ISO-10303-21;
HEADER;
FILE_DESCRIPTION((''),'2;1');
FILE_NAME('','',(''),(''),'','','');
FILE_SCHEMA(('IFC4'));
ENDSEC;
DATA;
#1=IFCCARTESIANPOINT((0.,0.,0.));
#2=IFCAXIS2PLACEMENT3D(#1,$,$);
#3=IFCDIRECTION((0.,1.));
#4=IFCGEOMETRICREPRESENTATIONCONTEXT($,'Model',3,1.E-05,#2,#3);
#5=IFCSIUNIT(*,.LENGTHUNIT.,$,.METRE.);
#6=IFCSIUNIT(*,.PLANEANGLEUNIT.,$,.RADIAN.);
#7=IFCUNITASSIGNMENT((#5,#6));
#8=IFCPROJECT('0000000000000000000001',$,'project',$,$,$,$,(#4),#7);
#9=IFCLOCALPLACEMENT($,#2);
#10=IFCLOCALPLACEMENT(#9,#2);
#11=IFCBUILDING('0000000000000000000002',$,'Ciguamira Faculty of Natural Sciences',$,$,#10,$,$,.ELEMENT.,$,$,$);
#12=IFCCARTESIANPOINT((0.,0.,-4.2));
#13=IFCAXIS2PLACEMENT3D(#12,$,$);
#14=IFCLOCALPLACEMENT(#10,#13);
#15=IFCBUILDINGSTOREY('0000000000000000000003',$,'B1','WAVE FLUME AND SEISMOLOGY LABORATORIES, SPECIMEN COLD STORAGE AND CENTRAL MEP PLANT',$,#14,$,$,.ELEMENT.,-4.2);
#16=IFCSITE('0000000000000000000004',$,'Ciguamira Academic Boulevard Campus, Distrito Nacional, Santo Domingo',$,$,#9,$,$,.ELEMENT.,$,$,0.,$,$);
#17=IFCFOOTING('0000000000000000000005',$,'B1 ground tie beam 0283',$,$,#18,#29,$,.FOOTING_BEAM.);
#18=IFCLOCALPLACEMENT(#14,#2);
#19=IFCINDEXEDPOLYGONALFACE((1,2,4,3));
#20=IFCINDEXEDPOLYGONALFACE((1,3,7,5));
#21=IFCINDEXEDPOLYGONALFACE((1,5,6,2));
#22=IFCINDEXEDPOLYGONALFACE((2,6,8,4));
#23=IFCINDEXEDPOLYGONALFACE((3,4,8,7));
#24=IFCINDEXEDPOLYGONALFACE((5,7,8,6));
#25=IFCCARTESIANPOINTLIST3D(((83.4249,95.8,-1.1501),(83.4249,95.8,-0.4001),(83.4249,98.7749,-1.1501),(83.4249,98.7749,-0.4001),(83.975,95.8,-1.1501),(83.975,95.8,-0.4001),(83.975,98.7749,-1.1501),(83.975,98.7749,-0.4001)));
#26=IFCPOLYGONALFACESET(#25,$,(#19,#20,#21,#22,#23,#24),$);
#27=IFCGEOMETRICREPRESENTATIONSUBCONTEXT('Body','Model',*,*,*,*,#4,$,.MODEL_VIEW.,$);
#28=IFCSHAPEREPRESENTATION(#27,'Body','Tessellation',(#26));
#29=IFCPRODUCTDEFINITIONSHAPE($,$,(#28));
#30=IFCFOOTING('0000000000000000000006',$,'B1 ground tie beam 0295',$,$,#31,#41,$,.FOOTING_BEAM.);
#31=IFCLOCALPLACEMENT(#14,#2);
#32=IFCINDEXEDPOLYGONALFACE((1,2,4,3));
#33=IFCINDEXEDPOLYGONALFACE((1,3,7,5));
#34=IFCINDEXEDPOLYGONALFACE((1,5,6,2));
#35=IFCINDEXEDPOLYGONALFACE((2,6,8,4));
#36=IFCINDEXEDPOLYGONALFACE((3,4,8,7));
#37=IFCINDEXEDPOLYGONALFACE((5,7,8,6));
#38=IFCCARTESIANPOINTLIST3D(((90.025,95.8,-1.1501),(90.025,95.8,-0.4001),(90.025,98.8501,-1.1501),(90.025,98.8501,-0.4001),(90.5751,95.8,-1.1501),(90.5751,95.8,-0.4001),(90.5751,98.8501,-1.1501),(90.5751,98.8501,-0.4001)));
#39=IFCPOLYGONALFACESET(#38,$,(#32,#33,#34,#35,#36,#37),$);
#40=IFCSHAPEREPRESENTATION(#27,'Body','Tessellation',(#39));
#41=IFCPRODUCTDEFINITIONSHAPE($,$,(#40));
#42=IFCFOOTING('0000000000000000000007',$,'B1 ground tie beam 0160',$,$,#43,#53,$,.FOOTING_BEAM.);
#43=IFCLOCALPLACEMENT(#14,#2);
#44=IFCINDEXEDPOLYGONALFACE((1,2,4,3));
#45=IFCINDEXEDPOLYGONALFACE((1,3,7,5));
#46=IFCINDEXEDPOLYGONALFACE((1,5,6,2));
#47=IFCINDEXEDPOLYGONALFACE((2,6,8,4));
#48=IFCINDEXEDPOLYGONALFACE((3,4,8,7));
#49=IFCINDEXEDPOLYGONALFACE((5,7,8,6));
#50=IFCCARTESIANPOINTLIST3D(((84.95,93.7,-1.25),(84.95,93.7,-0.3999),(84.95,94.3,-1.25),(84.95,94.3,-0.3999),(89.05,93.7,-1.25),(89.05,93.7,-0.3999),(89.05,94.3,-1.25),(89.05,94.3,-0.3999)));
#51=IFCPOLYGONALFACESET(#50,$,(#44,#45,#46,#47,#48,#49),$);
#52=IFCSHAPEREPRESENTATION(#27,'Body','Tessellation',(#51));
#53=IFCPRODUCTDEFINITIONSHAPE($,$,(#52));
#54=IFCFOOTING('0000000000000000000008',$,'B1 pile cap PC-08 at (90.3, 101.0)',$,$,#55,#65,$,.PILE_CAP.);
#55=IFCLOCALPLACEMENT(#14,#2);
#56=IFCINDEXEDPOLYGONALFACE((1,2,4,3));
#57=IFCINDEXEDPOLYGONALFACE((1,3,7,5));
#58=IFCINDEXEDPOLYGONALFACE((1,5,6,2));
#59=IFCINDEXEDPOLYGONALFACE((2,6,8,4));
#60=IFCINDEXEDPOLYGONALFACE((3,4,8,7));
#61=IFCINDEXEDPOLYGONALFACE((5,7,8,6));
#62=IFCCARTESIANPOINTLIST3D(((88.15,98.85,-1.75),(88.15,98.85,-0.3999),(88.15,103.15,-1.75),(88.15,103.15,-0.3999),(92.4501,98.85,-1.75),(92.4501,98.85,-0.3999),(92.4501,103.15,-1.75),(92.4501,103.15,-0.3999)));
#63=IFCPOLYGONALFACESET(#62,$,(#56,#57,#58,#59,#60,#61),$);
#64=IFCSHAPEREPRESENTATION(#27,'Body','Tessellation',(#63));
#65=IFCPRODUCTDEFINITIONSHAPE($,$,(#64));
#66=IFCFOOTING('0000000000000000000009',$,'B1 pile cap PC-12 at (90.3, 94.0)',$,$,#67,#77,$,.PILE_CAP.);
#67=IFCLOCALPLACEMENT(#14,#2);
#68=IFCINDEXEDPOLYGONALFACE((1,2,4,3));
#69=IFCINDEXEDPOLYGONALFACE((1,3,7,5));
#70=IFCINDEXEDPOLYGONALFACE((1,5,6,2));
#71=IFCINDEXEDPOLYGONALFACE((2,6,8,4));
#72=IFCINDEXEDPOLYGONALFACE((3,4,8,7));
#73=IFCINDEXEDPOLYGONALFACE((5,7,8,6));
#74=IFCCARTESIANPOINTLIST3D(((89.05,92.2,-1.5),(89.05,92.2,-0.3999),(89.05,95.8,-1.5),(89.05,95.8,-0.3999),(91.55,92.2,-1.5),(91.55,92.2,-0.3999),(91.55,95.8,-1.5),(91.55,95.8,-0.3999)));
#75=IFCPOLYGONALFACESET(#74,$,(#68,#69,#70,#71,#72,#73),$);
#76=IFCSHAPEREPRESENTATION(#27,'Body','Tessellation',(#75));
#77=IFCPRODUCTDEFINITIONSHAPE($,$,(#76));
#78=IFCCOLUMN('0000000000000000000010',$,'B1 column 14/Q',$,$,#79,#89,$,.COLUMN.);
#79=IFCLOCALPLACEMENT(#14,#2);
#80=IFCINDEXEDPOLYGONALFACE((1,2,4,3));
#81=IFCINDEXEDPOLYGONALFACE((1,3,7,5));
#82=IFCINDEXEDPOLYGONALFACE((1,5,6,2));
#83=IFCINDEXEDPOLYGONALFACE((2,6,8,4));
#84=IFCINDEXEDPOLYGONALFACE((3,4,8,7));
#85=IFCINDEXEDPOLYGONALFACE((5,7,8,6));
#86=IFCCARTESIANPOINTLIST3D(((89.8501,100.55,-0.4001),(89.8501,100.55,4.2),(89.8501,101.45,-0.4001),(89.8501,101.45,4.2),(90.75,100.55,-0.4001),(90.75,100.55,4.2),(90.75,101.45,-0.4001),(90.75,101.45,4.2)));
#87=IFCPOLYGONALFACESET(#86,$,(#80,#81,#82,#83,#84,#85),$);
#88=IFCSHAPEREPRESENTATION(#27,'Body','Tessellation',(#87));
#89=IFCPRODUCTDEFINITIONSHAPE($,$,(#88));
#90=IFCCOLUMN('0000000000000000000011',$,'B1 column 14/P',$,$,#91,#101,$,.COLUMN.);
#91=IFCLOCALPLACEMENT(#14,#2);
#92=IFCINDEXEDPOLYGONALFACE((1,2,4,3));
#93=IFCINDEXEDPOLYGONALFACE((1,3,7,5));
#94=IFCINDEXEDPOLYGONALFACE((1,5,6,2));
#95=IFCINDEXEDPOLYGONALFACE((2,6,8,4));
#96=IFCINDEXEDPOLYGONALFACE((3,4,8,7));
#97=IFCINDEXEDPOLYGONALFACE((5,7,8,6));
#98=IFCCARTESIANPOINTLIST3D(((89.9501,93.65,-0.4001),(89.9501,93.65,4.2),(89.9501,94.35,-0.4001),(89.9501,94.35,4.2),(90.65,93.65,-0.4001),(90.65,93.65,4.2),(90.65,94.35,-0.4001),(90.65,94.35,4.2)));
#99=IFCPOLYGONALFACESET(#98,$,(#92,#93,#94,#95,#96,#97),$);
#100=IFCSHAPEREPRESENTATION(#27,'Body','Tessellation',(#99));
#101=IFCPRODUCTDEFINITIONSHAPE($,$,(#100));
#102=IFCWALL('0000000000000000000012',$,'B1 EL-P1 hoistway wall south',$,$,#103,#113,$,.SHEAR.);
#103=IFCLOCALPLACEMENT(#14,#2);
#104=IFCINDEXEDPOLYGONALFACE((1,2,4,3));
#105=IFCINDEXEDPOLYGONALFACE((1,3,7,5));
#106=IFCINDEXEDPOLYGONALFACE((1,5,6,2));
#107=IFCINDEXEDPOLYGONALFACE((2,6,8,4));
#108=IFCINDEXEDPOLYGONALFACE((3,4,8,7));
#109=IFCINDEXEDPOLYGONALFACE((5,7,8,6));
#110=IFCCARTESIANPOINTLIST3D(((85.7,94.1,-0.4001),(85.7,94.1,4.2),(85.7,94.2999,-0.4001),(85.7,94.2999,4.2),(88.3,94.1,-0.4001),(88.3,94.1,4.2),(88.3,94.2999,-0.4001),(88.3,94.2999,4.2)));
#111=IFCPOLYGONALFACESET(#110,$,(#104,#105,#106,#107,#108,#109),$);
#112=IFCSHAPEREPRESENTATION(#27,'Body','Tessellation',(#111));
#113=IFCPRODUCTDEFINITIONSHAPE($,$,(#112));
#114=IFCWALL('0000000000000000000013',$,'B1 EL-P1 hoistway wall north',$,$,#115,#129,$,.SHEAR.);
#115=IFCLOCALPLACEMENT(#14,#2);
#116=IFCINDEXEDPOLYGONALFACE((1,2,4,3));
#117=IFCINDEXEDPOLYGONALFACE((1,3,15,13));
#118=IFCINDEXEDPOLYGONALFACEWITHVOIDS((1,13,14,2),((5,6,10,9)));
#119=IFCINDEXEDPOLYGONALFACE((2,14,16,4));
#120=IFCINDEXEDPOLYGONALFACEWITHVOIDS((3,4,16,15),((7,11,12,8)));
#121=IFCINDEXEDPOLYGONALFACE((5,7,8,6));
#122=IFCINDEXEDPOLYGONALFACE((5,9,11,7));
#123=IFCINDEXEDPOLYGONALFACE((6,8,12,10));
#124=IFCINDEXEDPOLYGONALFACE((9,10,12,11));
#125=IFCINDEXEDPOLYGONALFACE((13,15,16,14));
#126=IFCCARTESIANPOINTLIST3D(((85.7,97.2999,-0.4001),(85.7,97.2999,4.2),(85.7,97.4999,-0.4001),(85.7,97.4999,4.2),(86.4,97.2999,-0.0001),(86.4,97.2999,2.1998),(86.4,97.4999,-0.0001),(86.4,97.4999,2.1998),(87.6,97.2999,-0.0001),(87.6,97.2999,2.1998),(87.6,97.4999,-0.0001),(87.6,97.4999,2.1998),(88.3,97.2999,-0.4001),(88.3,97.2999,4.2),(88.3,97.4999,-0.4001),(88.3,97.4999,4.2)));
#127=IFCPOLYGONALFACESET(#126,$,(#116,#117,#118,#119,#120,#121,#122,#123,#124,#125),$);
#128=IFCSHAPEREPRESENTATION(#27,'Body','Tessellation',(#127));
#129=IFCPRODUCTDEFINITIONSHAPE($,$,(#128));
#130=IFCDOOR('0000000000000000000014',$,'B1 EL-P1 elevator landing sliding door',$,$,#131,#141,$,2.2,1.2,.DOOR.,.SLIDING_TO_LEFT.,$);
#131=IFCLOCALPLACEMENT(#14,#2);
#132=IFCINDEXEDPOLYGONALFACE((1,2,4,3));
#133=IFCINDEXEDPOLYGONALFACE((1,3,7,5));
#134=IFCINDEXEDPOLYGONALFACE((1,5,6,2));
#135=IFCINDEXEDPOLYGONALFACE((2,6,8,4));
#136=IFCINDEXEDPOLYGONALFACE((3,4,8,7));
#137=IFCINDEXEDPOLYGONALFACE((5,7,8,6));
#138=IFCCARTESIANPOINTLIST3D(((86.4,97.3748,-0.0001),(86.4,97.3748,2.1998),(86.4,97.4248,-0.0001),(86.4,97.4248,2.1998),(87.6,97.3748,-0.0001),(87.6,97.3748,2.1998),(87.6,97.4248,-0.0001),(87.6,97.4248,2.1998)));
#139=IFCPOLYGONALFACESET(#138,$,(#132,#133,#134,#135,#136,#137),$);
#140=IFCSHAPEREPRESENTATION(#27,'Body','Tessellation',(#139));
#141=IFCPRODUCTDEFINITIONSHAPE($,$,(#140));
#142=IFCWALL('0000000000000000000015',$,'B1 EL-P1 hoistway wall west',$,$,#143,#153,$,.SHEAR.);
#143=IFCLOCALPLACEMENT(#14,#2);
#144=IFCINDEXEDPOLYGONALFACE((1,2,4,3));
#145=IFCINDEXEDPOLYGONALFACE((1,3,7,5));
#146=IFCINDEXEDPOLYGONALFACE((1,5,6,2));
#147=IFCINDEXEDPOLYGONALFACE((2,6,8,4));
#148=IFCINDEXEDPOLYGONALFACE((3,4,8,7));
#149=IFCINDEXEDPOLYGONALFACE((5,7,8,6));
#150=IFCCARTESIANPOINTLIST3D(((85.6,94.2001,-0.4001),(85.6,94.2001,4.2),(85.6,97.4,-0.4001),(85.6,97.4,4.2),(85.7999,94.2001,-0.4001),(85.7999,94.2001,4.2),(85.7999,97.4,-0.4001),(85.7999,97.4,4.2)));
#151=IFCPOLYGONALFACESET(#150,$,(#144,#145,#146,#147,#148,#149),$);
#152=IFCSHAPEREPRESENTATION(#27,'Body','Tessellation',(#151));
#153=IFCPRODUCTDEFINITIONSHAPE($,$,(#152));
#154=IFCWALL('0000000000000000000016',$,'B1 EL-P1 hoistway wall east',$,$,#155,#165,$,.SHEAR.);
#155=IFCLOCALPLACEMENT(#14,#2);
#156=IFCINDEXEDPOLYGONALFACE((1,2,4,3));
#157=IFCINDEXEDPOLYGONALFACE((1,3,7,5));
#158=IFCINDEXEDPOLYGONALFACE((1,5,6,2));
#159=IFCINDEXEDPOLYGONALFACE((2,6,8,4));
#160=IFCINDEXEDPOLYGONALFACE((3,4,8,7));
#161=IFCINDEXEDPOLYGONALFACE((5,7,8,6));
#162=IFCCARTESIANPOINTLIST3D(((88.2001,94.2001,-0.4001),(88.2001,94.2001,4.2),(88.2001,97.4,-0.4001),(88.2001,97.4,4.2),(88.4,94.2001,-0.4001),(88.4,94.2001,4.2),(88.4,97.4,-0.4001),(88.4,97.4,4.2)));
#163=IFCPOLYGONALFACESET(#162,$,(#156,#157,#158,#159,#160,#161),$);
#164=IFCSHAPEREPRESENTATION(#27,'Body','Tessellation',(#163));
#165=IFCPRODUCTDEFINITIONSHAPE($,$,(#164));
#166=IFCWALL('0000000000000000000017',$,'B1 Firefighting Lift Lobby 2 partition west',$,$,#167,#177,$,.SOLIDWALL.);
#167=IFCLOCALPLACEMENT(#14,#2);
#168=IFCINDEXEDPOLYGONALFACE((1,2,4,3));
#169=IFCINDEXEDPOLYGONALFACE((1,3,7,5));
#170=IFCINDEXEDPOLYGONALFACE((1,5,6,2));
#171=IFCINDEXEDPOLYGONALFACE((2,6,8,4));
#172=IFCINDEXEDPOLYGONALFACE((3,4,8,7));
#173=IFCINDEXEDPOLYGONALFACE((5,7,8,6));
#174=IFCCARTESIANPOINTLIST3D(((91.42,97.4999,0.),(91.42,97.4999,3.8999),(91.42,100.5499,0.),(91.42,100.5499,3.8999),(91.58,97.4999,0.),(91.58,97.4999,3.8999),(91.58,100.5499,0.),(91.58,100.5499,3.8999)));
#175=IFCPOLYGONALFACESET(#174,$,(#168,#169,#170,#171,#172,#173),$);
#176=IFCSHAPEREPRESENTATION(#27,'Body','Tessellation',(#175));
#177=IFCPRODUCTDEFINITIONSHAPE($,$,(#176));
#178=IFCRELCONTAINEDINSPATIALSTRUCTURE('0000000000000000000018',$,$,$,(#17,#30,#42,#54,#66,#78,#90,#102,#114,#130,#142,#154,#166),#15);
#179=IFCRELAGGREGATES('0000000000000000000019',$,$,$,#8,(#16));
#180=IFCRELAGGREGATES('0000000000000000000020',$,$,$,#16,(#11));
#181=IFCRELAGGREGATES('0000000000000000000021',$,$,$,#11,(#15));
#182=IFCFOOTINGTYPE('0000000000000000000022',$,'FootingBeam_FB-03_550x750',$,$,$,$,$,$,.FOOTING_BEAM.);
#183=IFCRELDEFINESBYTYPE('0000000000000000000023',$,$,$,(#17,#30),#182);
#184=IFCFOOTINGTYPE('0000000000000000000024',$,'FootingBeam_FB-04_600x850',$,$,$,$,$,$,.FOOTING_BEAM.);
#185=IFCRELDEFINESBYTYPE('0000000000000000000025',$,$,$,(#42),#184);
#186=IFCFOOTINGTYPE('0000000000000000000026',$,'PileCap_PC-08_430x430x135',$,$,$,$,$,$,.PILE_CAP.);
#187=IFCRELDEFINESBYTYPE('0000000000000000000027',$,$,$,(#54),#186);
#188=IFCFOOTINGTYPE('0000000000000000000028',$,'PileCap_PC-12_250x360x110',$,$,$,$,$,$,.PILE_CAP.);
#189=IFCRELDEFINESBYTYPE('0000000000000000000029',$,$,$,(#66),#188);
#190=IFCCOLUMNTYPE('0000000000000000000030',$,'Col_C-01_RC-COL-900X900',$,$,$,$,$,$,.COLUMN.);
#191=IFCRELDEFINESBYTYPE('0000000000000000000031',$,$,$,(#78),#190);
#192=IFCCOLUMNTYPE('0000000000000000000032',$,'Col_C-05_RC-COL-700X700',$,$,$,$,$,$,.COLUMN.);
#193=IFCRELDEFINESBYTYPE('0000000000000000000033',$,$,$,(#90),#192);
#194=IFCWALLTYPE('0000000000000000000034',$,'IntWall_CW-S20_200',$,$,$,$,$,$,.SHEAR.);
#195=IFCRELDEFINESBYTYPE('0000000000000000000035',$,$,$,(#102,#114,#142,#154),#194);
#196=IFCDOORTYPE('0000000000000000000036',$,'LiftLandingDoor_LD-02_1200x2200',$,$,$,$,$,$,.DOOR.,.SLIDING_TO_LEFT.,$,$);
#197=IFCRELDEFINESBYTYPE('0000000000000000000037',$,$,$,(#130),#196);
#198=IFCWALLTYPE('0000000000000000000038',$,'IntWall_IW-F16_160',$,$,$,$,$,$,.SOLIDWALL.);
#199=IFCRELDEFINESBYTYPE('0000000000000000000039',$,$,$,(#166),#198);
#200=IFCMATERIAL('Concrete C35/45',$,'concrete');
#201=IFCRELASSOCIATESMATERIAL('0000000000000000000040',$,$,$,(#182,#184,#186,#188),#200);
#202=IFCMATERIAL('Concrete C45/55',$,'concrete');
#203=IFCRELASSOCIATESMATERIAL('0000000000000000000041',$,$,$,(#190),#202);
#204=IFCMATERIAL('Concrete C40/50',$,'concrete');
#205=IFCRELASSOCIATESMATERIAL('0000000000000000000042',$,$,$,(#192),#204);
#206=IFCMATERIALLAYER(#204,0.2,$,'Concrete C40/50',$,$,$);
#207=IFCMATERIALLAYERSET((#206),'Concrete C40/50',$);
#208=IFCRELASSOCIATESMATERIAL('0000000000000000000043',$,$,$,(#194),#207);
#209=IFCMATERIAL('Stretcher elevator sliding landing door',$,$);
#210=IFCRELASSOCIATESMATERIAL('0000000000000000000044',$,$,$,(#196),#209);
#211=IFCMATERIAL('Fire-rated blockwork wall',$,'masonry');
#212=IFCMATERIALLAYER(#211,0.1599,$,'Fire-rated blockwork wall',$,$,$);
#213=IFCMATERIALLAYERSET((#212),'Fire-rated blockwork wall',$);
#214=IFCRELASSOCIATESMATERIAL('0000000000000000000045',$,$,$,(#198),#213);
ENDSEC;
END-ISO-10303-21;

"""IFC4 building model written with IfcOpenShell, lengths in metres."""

from ifc_helpers import new_model, si_unit, direction, frame, frame_2d, origin, origin_2d, place, context, subcontext, project, spatial, rectangle, extrude, material, layer, layer_set, material_profile, profile_set, type_object, element, fill, save


model = new_model("IFC4")

# Units and contexts
model_context = context("Model", 3, precision=1e-05, world=origin(), true_north=direction((0.0, 1.0)))
body_context = subcontext(model_context, "Body", "Model", "MODEL_VIEW")
ifc_project = project(units=[si_unit("LENGTHUNIT", "METRE"), si_unit("PLANEANGLEUNIT", "RADIAN")], contexts=[model_context])

# Site, building, storey
site_placement = place(None, origin())
site = spatial("IfcSite", under=ifc_project, at=site_placement, Name="Ciguamira Academic Boulevard Campus, Distrito Nacional, Santo Domingo", CompositionType="ELEMENT", RefElevation=0.0)
building_placement = place(site_placement, origin())
building = spatial("IfcBuilding", under=site, at=building_placement, Name="Ciguamira Faculty of Natural Sciences", CompositionType="ELEMENT")
storey_placement = place(building_placement, frame((0.0, 0.0, -4.2)))
storey = spatial("IfcBuildingStorey", under=building, at=storey_placement, Name="B1", Description="WAVE FLUME AND SEISMOLOGY LABORATORIES, SPECIMEN COLD STORAGE AND CENTRAL MEP PLANT", CompositionType="ELEMENT", Elevation=-4.2)

# Shared definitions
ifc_material_1 = material(Name="Concrete C35/45", Category="concrete")

# Footings
ifc_material_profile_1 = material_profile(ifc_material_1, rectangle(XDim=0.55, YDim=0.75, at=origin_2d()), Name="RC-FB-550X750")
ifc_profile_set_1 = profile_set([ifc_material_profile_1], Name="Concrete C35/45")
footing_type_1 = type_object("IfcFootingType", Name="FootingBeam_FB-03_550x750", PredefinedType="FOOTING_BEAM", material=ifc_profile_set_1)
footing_1_placement = place(storey_placement, frame((83.7, 95.8, -0.7751), z_axis=(0.0, 1.0, 0.0), x_axis=(-1.0, 0.0, 0.0)))
element("IfcFooting", 1, at=footing_1_placement, inside=storey, type_object=footing_type_1, Name="B1 ground tie beam 0283", PredefinedType="FOOTING_BEAM", context=body_context, shape_type="SweptSolid", body=[
    extrude(rectangle(XDim=0.55, YDim=0.75, at=origin_2d()), origin(), (0.0, 0.0, 1.0), 2.9749),
])
footing_2_placement = place(storey_placement, frame((90.3, 95.8, -0.7751), z_axis=(0.0, 1.0, 0.0), x_axis=(-1.0, 0.0, 0.0)))
element("IfcFooting", 2, at=footing_2_placement, inside=storey, type_object=footing_type_1, Name="B1 ground tie beam 0295", PredefinedType="FOOTING_BEAM", context=body_context, shape_type="SweptSolid", body=[
    extrude(rectangle(XDim=0.55, YDim=0.75, at=origin_2d()), origin(), (0.0, 0.0, 1.0), 3.05),
])
ifc_material_profile_2 = material_profile(ifc_material_1, rectangle(XDim=0.6001, YDim=0.8501, at=origin_2d()), Name="RC-FB-600X850")
ifc_profile_set_2 = profile_set([ifc_material_profile_2], Name="Concrete C35/45")
footing_type_2 = type_object("IfcFootingType", Name="FootingBeam_FB-04_600x850", PredefinedType="FOOTING_BEAM", material=ifc_profile_set_2)
footing_3_placement = place(storey_placement, frame((84.95, 94.0, -0.825), z_axis=(1.0, 0.0, 0.0), x_axis=(0.0, 1.0, 0.0)))
element("IfcFooting", 3, at=footing_3_placement, inside=storey, type_object=footing_type_2, Name="B1 ground tie beam 0160", PredefinedType="FOOTING_BEAM", context=body_context, shape_type="SweptSolid", body=[
    extrude(rectangle(XDim=0.6001, YDim=0.8501, at=origin_2d()), origin(), (0.0, 0.0, 1.0), 4.1001),
])
footing_type_3 = type_object("IfcFootingType", Name="PileCap_PC-08_430x430x135", PredefinedType="PILE_CAP", material=ifc_material_1)
footing_4_placement = place(storey_placement, frame((90.3, 101.0, -1.75), z_axis=(0.0, 0.0, 1.0), x_axis=(1.0, 0.0, 0.0)))
element("IfcFooting", 4, at=footing_4_placement, inside=storey, type_object=footing_type_3, Name="B1 pile cap PC-08 at (90.3, 101.0)", PredefinedType="PILE_CAP", context=body_context, shape_type="SweptSolid", body=[
    extrude(rectangle(XDim=4.3, YDim=4.3, at=origin_2d()), origin(), (0.0, 0.0, 1.0), 1.3501),
])
footing_type_4 = type_object("IfcFootingType", Name="PileCap_PC-12_250x360x110", PredefinedType="PILE_CAP", material=ifc_material_1)
footing_5_placement = place(storey_placement, frame((90.3, 94.0, -1.5), z_axis=(0.0, 0.0, 1.0), x_axis=(1.0, 0.0, 0.0)))
element("IfcFooting", 5, at=footing_5_placement, inside=storey, type_object=footing_type_4, Name="B1 pile cap PC-12 at (90.3, 94.0)", PredefinedType="PILE_CAP", context=body_context, shape_type="SweptSolid", body=[
    extrude(rectangle(XDim=2.5, YDim=3.6001, at=origin_2d()), origin(), (0.0, 0.0, 1.0), 1.1001),
])

# Columns
ifc_material_2 = material(Name="Concrete C45/55", Category="concrete")
ifc_material_profile_3 = material_profile(ifc_material_2, rectangle(XDim=0.8999, YDim=0.8999, at=origin_2d()), Name="RC-COL-900X900")
ifc_profile_set_3 = profile_set([ifc_material_profile_3], Name="Concrete C45/55")
column_type_1 = type_object("IfcColumnType", Name="Col_C-01_RC-COL-900X900", PredefinedType="COLUMN", material=ifc_profile_set_3)
column_1_placement = place(storey_placement, frame((90.3, 101.0, -0.4001), z_axis=(0.0, 0.0, 1.0), x_axis=(1.0, 0.0, 0.0)))
element("IfcColumn", 6, at=column_1_placement, inside=storey, type_object=column_type_1, Name="B1 column 14/Q", PredefinedType="COLUMN", context=body_context, shape_type="SweptSolid", body=[
    extrude(rectangle(XDim=0.8999, YDim=0.8999, at=origin_2d()), origin(), (0.0, 0.0, 1.0), 4.6001),
])
ifc_material_3 = material(Name="Concrete C40/50", Category="concrete")
ifc_material_profile_4 = material_profile(ifc_material_3, rectangle(XDim=0.7, YDim=0.7, at=origin_2d()), Name="RC-COL-700X700")
ifc_profile_set_4 = profile_set([ifc_material_profile_4], Name="Concrete C40/50")
column_type_2 = type_object("IfcColumnType", Name="Col_C-05_RC-COL-700X700", PredefinedType="COLUMN", material=ifc_profile_set_4)
column_2_placement = place(storey_placement, frame((90.3, 94.0, -0.4001), z_axis=(0.0, 0.0, 1.0), x_axis=(1.0, 0.0, 0.0)))
element("IfcColumn", 7, at=column_2_placement, inside=storey, type_object=column_type_2, Name="B1 column 14/P", PredefinedType="COLUMN", context=body_context, shape_type="SweptSolid", body=[
    extrude(rectangle(XDim=0.7, YDim=0.7, at=origin_2d()), origin(), (0.0, 0.0, 1.0), 4.6001),
])

# Wall
ifc_layer_1 = layer(ifc_material_3, 0.2, Name="Concrete C40/50")
ifc_layer_set_1 = layer_set([ifc_layer_1], Name="Concrete C40/50")
wall_type_1 = type_object("IfcWallType", Name="IntWall_CW-S20_200", PredefinedType="SHEAR", material=ifc_layer_set_1)
wall_1_placement = place(storey_placement, frame((85.7, 94.2, -0.4001), z_axis=(0.0, 0.0, 1.0), x_axis=(1.0, 0.0, 0.0)))
element("IfcWall", 8, at=wall_1_placement, inside=storey, type_object=wall_type_1, Name="B1 EL-P1 hoistway wall south", PredefinedType="SHEAR", context=body_context, shape_type="SweptSolid", body=[
    extrude(rectangle(XDim=2.6001, YDim=0.2, at=frame_2d((1.3, 0.0))), origin(), (0.0, 0.0, 1.0), 4.6001),
])

# Wall, opening, door
wall_2_placement = place(storey_placement, frame((85.7, 97.3999, -0.4001), z_axis=(0.0, 0.0, 1.0), x_axis=(1.0, 0.0, 0.0)))
wall_2 = element("IfcWall", 9, at=wall_2_placement, inside=storey, type_object=wall_type_1, Name="B1 EL-P1 hoistway wall north", PredefinedType="SHEAR", context=body_context, shape_type="SweptSolid", body=[
    extrude(rectangle(XDim=2.6001, YDim=0.2, at=frame_2d((1.3, 0.0))), origin(), (0.0, 0.0, 1.0), 4.6001),
])
opening_1_placement = place(wall_2_placement, frame((0.7, 0.0, 0.3999)))
opening_1 = element("IfcOpeningElement", 10, at=opening_1_placement, cuts=wall_2, PredefinedType="OPENING", context=body_context, shape_type="SweptSolid", body=[
    extrude(rectangle(XDim=1.2, YDim=2.2, at=frame_2d((0.6001, 1.1001))), frame((0.0, 0.1099, 0.0), z_axis=(0.0, -1.0, 0.0), x_axis=(1.0, 0.0, 0.0)), (0.0, 0.0, 1.0), 0.22),
])
ifc_material_4 = material(Name="Stretcher elevator sliding landing door")
door_type_1 = type_object("IfcDoorType", Name="LiftLandingDoor_LD-02_1200x2200", OperationType="SLIDING_TO_LEFT", PredefinedType="DOOR", material=ifc_material_4)
door_1_placement = place(opening_1_placement, origin())
door_1 = element("IfcDoor", 11, at=door_1_placement, inside=storey, type_object=door_type_1, Name="B1 EL-P1 elevator landing sliding door", OperationType="SLIDING_TO_LEFT", OverallHeight=2.2, OverallWidth=1.2, PredefinedType="DOOR", context=body_context, shape_type="SweptSolid", body=[
    extrude(rectangle(XDim=1.2, YDim=2.2, at=frame_2d((0.6001, 1.1001))), frame((0.0, 0.0249, 0.0), z_axis=(0.0, -1.0, 0.0), x_axis=(1.0, 0.0, 0.0)), (0.0, 0.0, 1.0), 0.05),
])
fill(opening_1, door_1)

# Walls
for number, where, z_axis, x_axis, name in (
    (12, (85.7, 94.2, -0.4001), (0.0, 0.0, 1.0), (0.0, 1.0, 0.0), "B1 EL-P1 hoistway wall west"),
    (13, (88.3, 94.2, -0.4001), (0.0, 0.0, 1.0), (0.0, 1.0, 0.0), "B1 EL-P1 hoistway wall east"),
):
    element("IfcWall", number, at=place(storey_placement, frame(where, z_axis=z_axis, x_axis=x_axis)), inside=storey, type_object=wall_type_1, Name=name, PredefinedType="SHEAR", context=body_context, shape_type="SweptSolid", body=[
        extrude(rectangle(XDim=3.2, YDim=0.2, at=frame_2d((1.6001, 0.0))), origin(), (0.0, 0.0, 1.0), 4.6001),
    ])

# Shared definitions
ifc_material_5 = material(Name="Fire-rated blockwork wall", Category="masonry")
ifc_layer_2 = layer(ifc_material_5, 0.1599, Name="Fire-rated blockwork wall")
ifc_layer_set_2 = layer_set([ifc_layer_2], Name="Fire-rated blockwork wall")
wall_type_2 = type_object("IfcWallType", Name="IntWall_IW-F16_160", PredefinedType="SOLIDWALL", material=ifc_layer_set_2)

# Wall
wall_3_placement = place(storey_placement, frame((91.5, 97.5, 0.0), z_axis=(0.0, 0.0, 1.0), x_axis=(0.0, 1.0, 0.0)))
element("IfcWall", 14, at=wall_3_placement, inside=storey, type_object=wall_type_2, Name="B1 Firefighting Lift Lobby 2 partition west", PredefinedType="SOLIDWALL", context=body_context, shape_type="SweptSolid", body=[
    extrude(rectangle(XDim=3.05, YDim=0.1599, at=frame_2d((1.5249, 0.0))), origin(), (0.0, 0.0, 1.0), 3.8999),
])

save(model, "model.ifc")
